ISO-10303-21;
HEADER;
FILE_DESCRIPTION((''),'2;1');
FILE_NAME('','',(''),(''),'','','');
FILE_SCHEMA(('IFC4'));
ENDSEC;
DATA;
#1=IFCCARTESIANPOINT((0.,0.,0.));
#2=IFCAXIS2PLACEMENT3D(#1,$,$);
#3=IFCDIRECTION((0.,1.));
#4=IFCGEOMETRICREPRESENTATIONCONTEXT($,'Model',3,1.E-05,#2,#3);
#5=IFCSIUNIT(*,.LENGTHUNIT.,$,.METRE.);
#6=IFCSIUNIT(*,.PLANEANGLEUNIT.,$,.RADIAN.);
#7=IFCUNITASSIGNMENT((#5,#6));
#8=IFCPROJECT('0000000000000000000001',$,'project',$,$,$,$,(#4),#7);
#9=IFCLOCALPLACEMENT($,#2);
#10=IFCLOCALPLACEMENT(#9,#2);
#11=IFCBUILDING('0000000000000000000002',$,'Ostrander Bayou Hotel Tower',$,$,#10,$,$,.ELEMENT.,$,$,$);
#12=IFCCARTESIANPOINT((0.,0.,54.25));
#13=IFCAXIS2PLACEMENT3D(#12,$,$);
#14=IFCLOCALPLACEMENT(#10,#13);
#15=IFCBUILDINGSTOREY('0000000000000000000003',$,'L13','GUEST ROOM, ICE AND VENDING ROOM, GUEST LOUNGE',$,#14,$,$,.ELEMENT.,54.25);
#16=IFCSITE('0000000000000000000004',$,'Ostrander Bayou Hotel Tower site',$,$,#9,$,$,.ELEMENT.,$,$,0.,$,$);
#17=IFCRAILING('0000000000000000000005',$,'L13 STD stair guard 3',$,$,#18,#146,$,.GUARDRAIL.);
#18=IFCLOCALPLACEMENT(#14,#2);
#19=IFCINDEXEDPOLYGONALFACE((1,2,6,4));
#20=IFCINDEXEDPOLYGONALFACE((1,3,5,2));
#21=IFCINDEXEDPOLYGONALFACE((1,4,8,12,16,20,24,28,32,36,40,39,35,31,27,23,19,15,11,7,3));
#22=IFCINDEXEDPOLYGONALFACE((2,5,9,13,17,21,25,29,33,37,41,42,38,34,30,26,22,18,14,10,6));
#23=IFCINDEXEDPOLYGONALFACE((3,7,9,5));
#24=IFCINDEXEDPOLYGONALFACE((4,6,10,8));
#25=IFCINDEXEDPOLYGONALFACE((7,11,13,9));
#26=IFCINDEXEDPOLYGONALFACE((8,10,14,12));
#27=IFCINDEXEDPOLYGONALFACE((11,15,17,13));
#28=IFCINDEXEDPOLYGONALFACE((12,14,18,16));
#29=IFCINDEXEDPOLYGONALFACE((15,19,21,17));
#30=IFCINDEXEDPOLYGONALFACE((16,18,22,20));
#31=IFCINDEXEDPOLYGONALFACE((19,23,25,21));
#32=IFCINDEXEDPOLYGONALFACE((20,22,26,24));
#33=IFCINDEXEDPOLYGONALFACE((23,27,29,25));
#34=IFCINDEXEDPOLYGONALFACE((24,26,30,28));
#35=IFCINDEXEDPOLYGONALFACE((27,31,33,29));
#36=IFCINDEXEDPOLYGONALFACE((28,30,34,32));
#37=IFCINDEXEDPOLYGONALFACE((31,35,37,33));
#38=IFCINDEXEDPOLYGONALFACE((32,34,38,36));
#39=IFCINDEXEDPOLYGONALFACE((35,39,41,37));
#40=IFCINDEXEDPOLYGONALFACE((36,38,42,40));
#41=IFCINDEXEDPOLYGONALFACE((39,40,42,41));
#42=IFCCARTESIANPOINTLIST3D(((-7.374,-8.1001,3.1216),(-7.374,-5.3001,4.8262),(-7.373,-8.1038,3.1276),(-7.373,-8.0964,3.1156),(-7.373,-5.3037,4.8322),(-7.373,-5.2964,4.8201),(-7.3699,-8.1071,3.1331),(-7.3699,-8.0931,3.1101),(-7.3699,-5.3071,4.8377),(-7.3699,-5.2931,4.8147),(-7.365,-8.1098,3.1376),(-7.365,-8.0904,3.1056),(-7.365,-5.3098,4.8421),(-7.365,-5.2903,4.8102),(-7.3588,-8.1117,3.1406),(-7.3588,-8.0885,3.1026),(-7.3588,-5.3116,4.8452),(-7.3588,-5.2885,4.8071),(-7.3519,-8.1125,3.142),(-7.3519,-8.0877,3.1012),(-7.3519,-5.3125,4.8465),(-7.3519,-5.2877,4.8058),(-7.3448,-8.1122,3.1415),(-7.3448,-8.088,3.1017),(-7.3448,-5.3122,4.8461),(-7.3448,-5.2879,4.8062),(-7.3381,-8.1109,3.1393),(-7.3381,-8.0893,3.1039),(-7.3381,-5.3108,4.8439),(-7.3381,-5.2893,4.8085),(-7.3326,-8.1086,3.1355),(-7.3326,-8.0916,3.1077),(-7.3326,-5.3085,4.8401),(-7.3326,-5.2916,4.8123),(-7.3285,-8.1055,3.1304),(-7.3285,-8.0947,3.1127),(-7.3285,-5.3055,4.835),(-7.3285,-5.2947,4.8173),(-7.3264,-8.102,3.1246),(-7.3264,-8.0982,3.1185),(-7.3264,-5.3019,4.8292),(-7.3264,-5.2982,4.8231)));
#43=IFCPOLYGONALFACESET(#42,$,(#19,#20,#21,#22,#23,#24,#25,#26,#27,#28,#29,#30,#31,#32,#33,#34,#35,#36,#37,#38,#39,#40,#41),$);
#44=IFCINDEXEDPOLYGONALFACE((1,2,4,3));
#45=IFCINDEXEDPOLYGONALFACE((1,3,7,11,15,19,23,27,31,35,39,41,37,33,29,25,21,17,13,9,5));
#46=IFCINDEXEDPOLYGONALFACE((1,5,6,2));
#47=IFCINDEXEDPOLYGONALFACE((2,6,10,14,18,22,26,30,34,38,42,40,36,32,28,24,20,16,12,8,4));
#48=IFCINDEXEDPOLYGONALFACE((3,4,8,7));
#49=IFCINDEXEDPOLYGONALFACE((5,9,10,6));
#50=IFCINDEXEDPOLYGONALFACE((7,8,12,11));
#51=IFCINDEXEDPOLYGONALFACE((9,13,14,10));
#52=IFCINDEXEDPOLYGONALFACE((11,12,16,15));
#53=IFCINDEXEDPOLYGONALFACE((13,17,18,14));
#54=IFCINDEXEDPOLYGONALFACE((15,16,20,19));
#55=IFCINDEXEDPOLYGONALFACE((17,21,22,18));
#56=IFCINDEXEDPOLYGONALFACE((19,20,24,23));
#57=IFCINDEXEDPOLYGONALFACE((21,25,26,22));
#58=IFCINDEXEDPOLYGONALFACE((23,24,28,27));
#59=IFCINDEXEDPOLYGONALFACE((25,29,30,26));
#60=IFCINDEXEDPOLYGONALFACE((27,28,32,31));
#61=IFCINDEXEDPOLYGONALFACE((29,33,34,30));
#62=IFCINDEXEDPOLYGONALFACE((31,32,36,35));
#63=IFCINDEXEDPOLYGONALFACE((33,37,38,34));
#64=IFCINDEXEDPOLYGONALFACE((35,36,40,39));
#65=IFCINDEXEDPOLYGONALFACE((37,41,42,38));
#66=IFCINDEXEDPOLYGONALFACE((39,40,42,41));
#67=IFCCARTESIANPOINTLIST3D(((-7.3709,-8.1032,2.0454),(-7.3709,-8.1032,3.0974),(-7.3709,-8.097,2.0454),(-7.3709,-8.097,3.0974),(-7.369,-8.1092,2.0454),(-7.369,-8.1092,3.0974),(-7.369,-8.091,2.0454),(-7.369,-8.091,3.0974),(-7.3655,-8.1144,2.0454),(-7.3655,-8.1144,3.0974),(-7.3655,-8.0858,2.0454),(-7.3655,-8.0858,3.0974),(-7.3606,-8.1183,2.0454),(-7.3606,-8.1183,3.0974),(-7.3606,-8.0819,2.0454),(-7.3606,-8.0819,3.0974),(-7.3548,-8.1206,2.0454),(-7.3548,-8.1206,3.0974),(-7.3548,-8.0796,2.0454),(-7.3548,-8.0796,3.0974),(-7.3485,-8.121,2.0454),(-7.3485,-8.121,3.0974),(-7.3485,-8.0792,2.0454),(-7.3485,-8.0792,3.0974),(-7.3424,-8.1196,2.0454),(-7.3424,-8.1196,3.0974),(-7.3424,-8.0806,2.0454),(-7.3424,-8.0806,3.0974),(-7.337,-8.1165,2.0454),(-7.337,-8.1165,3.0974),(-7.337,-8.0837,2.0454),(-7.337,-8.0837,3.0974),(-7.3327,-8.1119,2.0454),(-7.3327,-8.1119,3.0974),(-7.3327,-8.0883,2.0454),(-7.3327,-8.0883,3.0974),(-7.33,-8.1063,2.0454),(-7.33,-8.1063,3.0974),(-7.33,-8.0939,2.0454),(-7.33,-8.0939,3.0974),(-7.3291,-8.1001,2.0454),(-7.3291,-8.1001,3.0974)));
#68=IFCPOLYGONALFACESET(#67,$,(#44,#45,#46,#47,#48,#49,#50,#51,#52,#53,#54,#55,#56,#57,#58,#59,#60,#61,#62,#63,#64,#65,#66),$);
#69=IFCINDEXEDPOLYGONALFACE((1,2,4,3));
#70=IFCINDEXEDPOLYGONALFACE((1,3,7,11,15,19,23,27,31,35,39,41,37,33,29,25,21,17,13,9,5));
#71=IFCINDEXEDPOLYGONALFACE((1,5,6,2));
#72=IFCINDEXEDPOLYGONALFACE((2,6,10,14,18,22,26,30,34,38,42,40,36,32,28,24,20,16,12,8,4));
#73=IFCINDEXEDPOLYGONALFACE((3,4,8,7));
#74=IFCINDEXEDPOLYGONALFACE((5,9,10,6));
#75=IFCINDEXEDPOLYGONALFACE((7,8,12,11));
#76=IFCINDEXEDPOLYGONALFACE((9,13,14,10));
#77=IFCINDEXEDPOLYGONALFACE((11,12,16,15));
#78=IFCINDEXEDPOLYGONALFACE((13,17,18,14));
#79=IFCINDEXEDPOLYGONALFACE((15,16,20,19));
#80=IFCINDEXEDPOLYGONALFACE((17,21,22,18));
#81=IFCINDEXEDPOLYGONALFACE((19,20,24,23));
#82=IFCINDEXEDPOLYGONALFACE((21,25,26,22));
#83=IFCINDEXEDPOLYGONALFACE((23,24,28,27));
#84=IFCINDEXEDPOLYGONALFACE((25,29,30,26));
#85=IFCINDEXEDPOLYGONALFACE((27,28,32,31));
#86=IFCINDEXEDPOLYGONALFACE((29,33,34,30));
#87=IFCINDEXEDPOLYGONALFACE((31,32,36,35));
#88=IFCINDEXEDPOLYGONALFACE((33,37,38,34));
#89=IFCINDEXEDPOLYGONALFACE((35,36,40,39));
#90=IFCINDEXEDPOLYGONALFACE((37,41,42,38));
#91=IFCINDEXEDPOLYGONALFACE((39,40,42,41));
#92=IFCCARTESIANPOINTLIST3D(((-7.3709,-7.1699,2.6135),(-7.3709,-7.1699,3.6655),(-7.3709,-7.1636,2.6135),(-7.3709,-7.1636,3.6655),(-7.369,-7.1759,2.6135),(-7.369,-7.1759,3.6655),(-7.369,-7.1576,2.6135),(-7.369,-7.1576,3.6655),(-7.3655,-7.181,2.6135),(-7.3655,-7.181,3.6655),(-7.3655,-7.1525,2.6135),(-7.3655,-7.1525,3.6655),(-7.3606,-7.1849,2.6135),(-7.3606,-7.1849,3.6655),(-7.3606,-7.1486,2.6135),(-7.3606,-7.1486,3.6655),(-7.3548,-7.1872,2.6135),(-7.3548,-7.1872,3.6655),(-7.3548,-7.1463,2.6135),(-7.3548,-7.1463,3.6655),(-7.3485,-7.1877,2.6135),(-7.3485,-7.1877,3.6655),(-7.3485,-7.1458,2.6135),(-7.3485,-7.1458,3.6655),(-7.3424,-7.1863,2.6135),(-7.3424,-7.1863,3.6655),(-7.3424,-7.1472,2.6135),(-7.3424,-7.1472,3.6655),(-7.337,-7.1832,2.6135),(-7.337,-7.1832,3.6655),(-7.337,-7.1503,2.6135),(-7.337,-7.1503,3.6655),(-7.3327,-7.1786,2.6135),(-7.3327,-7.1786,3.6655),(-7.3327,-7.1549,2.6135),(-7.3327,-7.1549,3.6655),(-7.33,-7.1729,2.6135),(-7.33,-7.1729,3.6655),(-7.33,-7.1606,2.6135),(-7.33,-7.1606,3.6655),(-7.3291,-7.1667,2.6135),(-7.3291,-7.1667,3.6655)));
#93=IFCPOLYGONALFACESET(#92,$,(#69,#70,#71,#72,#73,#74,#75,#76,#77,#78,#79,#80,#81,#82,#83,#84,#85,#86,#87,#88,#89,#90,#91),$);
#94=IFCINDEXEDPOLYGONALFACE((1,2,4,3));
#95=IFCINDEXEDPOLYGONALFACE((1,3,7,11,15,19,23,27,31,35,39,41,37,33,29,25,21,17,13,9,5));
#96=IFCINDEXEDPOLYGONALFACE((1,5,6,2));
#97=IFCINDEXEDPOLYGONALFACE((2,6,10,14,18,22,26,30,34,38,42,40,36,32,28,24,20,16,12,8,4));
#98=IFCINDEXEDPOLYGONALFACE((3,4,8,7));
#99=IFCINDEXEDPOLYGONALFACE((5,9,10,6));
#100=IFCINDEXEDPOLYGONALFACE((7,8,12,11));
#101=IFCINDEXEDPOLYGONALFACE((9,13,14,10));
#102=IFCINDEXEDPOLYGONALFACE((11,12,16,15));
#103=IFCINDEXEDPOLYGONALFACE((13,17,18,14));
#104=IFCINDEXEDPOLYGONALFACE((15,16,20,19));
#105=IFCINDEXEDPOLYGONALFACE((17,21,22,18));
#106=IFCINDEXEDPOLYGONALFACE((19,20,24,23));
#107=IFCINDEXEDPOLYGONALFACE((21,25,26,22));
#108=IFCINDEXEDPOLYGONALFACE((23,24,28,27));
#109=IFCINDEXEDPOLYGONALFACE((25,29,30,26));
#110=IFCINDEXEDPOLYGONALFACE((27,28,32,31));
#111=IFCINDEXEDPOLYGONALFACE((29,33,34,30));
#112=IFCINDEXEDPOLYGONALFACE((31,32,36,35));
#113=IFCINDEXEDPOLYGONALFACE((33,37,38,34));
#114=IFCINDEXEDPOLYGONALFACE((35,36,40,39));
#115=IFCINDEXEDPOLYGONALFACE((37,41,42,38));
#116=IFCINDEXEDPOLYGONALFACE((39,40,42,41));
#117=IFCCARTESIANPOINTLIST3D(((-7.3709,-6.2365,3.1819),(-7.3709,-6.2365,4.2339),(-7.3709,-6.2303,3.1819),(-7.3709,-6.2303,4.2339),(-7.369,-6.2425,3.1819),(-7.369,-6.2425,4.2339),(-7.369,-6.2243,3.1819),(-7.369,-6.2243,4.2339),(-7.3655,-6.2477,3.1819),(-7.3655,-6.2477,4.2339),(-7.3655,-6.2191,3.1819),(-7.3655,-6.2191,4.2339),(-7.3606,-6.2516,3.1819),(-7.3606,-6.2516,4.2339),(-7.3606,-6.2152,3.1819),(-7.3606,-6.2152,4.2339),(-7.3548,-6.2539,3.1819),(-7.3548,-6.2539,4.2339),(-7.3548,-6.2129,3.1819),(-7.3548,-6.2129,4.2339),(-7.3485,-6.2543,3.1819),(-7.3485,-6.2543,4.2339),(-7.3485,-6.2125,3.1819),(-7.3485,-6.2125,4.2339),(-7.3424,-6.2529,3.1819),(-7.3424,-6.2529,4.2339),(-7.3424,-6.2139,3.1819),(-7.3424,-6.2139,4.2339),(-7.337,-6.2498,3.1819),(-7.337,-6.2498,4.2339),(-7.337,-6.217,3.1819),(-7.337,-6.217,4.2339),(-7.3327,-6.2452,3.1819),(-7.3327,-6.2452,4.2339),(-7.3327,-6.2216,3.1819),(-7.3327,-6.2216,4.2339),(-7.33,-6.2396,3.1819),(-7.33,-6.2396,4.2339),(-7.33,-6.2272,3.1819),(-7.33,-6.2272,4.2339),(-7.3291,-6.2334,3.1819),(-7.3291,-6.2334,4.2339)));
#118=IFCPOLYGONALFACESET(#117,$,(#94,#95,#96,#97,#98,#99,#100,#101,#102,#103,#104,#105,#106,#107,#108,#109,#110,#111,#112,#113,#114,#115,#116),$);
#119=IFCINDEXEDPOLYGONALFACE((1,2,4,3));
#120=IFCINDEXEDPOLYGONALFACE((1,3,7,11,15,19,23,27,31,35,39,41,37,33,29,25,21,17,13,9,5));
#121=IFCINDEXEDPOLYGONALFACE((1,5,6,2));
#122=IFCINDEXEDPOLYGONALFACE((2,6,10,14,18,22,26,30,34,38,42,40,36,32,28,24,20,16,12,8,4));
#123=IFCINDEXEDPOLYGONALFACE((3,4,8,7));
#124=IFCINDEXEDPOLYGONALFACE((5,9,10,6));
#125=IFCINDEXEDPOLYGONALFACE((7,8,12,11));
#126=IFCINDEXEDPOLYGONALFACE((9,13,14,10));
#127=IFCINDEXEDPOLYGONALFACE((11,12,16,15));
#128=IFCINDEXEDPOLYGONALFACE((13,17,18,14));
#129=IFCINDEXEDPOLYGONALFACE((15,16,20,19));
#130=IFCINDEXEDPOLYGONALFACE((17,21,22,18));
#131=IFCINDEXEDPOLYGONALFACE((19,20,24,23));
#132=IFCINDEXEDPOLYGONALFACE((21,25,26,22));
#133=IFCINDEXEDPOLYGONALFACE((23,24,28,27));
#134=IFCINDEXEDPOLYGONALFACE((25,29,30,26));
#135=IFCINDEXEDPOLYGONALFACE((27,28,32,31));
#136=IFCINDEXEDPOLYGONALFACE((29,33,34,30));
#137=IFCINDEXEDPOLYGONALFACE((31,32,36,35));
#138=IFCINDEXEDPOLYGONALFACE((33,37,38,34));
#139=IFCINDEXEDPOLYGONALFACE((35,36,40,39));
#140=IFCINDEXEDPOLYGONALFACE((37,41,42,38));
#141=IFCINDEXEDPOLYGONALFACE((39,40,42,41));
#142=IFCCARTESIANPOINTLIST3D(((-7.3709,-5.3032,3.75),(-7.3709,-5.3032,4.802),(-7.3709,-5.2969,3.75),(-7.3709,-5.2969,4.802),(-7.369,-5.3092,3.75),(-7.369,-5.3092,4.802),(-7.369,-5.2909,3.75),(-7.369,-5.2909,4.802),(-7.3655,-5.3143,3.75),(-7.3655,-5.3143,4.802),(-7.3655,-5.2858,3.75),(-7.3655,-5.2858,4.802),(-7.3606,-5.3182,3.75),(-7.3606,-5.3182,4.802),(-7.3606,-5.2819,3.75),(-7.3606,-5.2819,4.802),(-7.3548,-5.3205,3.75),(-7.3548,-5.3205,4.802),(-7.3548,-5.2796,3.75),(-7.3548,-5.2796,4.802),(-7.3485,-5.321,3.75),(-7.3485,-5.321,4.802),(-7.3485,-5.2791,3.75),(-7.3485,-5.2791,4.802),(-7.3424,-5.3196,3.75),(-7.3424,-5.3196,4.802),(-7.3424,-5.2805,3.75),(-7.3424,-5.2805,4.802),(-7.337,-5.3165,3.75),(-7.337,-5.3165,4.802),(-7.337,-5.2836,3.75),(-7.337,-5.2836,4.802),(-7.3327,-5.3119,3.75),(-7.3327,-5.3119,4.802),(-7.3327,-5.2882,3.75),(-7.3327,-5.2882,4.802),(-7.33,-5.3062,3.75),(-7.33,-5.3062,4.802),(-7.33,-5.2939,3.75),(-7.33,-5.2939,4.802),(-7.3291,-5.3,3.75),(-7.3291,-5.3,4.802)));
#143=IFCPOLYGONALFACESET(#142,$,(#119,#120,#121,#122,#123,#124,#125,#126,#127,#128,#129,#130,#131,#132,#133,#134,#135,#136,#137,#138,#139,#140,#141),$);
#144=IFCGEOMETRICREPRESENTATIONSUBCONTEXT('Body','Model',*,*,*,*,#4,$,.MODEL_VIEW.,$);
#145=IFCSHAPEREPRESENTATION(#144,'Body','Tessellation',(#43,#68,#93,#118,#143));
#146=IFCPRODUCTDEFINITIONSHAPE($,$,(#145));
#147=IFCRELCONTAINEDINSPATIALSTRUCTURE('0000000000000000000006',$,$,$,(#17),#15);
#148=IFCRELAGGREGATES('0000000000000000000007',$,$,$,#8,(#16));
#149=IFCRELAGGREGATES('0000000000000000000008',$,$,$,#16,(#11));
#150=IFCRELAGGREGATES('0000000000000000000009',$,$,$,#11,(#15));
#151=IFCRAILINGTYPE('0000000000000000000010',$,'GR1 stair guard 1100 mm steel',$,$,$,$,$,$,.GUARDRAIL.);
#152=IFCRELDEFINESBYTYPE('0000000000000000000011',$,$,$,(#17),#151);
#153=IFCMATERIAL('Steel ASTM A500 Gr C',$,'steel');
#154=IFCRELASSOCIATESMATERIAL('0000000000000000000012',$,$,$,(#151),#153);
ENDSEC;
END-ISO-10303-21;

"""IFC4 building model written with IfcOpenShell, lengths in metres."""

from ifc_helpers import new_model, si_unit, direction, frame, origin, origin_2d, place, context, subcontext, project, spatial, circle, extrude, material, type_object, element, save


model = new_model("IFC4")

# Units and contexts
model_context = context("Model", 3, precision=1e-05, world=origin(), true_north=direction((0.0, 1.0)))
body_context = subcontext(model_context, "Body", "Model", "MODEL_VIEW")
ifc_project = project(units=[si_unit("LENGTHUNIT", "METRE"), si_unit("PLANEANGLEUNIT", "RADIAN")], contexts=[model_context])

# Site, building, storey
site_placement = place(None, origin())
site = spatial("IfcSite", under=ifc_project, at=site_placement, Name="Ostrander Bayou Hotel Tower site", CompositionType="ELEMENT", RefElevation=0.0)
building_placement = place(site_placement, origin())
building = spatial("IfcBuilding", under=site, at=building_placement, Name="Ostrander Bayou Hotel Tower", CompositionType="ELEMENT")
storey_placement = place(building_placement, frame((0.0, 0.0, 54.25)))
storey = spatial("IfcBuildingStorey", under=building, at=storey_placement, Name="L13", Description="GUEST ROOM, ICE AND VENDING ROOM, GUEST LOUNGE", CompositionType="ELEMENT", Elevation=54.25)

# Railing
ifc_material_1 = material(Name="Steel ASTM A500 Gr C", Category="steel")
railing_type_1 = type_object("IfcRailingType", Name="GR1 stair guard 1100 mm steel", PredefinedType="GUARDRAIL", material=ifc_material_1)
railing_1_placement = place(storey_placement, frame((-7.3501, -8.1001, 2.0454)))
element("IfcRailing", 1, at=railing_1_placement, inside=storey, type_object=railing_type_1, Name="L13 STD stair guard 3", PredefinedType="GUARDRAIL", context=body_context, shape_type="SweptSolid", body=[
    extrude(circle(Radius=0.0239, at=origin_2d()), frame((0.0, 0.0, 1.0762), z_axis=(0.0, 0.85417, 0.519994), x_axis=(-1.0, 0.0, 0.0)), (0.0, 0.0, 1.0), 3.2781),
    extrude(circle(Radius=0.021, at=origin_2d()), origin(), (0.0, 0.0, 1.0), 1.052),
    extrude(circle(Radius=0.021, at=origin_2d()), frame((0.0, 0.9333, 0.5681)), (0.0, 0.0, 1.0), 1.052),
    extrude(circle(Radius=0.021, at=origin_2d()), frame((0.0, 1.8667, 1.1365)), (0.0, 0.0, 1.0), 1.052),
    extrude(circle(Radius=0.021, at=origin_2d()), frame((0.0, 2.8, 1.7046)), (0.0, 0.0, 1.0), 1.052),
])

save(model, "model.ifc")
